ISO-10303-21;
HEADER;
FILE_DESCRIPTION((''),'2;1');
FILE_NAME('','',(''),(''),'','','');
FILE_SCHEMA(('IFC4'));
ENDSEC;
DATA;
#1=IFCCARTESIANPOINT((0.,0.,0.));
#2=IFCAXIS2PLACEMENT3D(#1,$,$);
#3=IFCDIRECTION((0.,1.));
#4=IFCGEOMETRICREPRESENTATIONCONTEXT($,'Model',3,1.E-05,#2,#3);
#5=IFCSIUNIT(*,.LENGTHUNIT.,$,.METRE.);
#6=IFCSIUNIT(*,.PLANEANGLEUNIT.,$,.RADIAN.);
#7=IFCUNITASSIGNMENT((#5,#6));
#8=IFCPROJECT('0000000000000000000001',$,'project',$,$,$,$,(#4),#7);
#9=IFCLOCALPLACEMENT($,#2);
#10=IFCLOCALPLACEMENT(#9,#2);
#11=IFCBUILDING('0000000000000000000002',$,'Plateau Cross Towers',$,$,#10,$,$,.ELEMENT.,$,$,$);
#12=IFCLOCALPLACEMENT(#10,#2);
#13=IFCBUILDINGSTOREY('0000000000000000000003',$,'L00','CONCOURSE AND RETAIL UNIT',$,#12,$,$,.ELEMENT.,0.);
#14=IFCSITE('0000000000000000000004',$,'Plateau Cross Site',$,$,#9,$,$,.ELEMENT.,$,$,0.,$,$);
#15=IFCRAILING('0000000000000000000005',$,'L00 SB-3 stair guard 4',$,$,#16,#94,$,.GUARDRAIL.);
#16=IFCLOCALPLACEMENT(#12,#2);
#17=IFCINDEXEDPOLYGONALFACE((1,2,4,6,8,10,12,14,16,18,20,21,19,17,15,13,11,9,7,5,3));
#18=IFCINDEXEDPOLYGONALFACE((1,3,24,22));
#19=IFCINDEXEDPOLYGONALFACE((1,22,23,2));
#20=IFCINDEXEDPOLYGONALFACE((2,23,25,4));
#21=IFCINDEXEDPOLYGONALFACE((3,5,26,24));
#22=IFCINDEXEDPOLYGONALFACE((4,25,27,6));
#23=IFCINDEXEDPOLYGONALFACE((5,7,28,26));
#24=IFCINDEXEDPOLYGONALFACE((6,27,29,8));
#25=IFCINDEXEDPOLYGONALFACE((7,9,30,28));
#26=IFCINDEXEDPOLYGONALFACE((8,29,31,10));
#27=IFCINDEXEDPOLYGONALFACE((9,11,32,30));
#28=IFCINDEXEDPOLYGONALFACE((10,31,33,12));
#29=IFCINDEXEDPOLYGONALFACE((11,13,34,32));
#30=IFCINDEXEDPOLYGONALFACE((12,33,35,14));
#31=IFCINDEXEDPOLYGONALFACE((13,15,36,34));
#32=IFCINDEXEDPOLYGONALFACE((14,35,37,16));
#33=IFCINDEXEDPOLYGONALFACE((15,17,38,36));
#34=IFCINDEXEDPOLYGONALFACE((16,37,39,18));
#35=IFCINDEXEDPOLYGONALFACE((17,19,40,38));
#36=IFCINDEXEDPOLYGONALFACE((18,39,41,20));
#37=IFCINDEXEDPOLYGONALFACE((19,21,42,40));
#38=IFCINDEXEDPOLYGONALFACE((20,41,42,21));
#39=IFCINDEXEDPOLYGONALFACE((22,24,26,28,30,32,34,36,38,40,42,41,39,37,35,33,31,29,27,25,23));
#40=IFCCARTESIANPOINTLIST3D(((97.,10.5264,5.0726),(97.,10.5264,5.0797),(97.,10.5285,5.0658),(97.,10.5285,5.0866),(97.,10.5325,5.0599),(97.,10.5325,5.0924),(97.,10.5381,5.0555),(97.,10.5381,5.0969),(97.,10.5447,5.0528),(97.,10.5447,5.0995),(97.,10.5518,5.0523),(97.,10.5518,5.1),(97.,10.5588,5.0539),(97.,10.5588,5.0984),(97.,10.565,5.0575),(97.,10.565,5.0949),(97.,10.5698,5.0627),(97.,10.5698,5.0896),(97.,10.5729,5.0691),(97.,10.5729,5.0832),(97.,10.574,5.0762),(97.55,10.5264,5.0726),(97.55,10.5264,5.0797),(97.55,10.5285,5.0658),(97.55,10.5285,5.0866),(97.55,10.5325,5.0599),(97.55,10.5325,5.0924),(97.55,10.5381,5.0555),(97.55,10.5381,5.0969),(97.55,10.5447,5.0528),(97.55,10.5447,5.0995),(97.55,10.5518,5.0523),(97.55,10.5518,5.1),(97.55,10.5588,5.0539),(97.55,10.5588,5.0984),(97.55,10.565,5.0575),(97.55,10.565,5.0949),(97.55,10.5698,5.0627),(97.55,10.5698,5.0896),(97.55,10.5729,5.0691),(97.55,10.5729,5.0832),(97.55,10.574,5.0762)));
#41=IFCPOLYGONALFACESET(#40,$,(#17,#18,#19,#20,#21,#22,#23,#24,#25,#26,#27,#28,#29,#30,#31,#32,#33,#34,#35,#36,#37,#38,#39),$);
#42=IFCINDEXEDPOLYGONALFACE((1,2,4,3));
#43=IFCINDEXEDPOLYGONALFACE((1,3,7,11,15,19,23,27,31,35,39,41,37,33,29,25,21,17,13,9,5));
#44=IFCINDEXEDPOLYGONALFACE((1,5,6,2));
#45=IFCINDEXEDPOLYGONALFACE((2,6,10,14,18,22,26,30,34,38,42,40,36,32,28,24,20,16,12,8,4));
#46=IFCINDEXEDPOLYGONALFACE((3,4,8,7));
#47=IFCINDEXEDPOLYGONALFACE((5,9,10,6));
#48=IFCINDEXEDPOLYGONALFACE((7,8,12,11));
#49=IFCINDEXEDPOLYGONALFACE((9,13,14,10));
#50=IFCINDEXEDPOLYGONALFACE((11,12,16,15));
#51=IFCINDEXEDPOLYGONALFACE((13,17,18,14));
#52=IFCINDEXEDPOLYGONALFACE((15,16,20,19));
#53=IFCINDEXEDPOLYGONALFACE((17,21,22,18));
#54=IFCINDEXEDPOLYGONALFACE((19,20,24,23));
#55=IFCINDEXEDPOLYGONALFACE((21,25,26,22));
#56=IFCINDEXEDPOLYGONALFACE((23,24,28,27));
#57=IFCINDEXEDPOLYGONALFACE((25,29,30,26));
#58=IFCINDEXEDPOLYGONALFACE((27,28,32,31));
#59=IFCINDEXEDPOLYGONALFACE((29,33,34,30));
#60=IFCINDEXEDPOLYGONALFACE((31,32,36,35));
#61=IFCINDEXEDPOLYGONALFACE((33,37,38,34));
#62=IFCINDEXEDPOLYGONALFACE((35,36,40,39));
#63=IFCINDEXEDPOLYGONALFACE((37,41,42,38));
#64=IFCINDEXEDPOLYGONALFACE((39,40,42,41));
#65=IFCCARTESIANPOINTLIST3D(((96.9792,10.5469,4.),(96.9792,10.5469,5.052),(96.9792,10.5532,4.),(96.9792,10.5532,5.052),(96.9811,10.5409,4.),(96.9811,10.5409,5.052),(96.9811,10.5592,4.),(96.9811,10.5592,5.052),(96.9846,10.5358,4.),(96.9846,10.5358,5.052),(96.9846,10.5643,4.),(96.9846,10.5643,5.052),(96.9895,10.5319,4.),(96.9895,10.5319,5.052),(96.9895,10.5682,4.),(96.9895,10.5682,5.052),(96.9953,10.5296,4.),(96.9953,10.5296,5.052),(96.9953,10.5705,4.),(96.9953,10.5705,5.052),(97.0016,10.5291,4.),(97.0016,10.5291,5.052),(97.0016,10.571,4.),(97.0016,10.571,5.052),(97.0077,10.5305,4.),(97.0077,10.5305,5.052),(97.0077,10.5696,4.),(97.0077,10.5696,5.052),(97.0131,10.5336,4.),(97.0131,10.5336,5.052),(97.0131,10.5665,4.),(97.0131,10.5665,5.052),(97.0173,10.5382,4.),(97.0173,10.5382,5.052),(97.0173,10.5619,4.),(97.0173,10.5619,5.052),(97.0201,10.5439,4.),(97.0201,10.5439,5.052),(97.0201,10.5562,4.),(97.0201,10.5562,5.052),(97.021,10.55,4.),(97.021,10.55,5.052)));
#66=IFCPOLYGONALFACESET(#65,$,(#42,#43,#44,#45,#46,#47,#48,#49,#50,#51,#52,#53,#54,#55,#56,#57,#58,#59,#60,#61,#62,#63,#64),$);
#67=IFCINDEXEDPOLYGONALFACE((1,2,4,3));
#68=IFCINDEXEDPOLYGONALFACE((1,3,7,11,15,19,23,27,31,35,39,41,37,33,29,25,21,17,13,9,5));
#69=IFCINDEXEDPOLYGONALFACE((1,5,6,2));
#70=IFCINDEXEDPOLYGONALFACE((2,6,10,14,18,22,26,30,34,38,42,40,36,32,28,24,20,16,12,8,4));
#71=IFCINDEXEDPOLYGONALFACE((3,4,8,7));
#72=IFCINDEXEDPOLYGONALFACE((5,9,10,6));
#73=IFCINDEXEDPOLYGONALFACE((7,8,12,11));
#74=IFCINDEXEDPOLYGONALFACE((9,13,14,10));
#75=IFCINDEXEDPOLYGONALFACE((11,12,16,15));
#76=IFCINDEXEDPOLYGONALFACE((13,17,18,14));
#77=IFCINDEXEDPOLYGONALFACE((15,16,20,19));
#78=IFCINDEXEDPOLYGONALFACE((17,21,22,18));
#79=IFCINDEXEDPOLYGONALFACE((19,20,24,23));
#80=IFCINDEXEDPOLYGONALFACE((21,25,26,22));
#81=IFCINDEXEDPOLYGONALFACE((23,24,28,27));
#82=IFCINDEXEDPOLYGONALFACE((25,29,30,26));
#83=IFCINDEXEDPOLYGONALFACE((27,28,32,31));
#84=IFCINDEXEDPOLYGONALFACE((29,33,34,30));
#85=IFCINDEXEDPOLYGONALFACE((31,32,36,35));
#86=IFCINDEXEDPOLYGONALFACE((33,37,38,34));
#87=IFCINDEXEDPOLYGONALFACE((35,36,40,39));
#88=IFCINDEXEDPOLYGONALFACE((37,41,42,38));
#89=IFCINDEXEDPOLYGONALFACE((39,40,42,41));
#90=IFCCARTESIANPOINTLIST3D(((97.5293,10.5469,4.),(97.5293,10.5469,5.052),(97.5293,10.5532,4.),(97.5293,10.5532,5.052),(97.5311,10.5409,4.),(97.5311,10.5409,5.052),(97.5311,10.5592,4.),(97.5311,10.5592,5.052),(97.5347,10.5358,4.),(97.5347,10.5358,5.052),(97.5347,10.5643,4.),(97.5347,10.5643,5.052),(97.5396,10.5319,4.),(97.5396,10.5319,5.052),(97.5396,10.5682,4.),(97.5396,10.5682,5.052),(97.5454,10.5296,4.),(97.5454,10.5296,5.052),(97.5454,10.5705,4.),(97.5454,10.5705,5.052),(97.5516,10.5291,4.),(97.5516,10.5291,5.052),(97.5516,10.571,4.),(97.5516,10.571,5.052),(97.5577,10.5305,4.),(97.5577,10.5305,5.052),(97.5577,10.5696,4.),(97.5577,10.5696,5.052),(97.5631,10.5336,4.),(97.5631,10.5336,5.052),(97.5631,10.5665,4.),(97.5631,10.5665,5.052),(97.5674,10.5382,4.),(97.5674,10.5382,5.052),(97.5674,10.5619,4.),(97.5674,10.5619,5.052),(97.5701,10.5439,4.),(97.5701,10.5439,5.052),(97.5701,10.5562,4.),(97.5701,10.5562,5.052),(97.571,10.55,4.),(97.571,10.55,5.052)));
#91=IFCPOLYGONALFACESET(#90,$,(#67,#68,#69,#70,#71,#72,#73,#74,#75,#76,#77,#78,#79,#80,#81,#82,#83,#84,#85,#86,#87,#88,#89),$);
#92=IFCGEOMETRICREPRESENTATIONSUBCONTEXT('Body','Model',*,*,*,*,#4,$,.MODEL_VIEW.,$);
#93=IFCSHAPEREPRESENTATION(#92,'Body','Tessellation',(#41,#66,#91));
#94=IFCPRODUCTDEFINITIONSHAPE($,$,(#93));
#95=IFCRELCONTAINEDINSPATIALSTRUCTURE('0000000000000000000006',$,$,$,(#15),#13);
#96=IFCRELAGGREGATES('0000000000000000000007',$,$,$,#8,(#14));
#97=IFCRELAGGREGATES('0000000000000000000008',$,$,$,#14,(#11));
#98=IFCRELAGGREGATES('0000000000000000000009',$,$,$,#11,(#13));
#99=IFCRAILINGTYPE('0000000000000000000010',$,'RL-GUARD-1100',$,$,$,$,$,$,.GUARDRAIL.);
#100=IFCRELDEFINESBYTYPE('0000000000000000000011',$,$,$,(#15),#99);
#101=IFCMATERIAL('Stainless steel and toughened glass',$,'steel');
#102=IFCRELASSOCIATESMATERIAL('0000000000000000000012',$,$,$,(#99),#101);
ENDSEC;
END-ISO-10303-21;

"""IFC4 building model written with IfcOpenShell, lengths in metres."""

from ifc_helpers import new_model, si_unit, direction, frame, origin, origin_2d, place, context, subcontext, project, spatial, circle, extrude, material, type_object, element, save


model = new_model("IFC4")

# Units and contexts
model_context = context("Model", 3, precision=1e-05, world=origin(), true_north=direction((0.0, 1.0)))
body_context = subcontext(model_context, "Body", "Model", "MODEL_VIEW")
ifc_project = project(units=[si_unit("LENGTHUNIT", "METRE"), si_unit("PLANEANGLEUNIT", "RADIAN")], contexts=[model_context])

# Site, building, storey
site_placement = place(None, origin())
site = spatial("IfcSite", under=ifc_project, at=site_placement, Name="Plateau Cross Site", CompositionType="ELEMENT", RefElevation=0.0)
building_placement = place(site_placement, origin())
building = spatial("IfcBuilding", under=site, at=building_placement, Name="Plateau Cross Towers", CompositionType="ELEMENT")
storey_placement = place(building_placement, origin())
storey = spatial("IfcBuildingStorey", under=building, at=storey_placement, Name="L00", Description="CONCOURSE AND RETAIL UNIT", CompositionType="ELEMENT", Elevation=0.0)

# Railing
ifc_material_1 = material(Name="Stainless steel and toughened glass", Category="steel")
railing_type_1 = type_object("IfcRailingType", Name="RL-GUARD-1100", PredefinedType="GUARDRAIL", material=ifc_material_1)
railing_1_placement = place(storey_placement, frame((97.0, 10.55, 4.0)))
element("IfcRailing", 1, at=railing_1_placement, inside=storey, type_object=railing_type_1, Name="L00 SB-3 stair guard 4", PredefinedType="GUARDRAIL", context=body_context, shape_type="SweptSolid", body=[
    extrude(circle(Radius=0.0239, at=origin_2d()), frame((0.0, 0.0, 1.0762), z_axis=(1.0, 0.0, 0.0), x_axis=(0.0, 1.0, 0.0)), (0.0, 0.0, 1.0), 0.55),
    extrude(circle(Radius=0.021, at=origin_2d()), origin(), (0.0, 0.0, 1.0), 1.052),
    extrude(circle(Radius=0.021, at=origin_2d()), frame((0.55, 0.0, 0.0)), (0.0, 0.0, 1.0), 1.052),
])

save(model, "model.ifc")
